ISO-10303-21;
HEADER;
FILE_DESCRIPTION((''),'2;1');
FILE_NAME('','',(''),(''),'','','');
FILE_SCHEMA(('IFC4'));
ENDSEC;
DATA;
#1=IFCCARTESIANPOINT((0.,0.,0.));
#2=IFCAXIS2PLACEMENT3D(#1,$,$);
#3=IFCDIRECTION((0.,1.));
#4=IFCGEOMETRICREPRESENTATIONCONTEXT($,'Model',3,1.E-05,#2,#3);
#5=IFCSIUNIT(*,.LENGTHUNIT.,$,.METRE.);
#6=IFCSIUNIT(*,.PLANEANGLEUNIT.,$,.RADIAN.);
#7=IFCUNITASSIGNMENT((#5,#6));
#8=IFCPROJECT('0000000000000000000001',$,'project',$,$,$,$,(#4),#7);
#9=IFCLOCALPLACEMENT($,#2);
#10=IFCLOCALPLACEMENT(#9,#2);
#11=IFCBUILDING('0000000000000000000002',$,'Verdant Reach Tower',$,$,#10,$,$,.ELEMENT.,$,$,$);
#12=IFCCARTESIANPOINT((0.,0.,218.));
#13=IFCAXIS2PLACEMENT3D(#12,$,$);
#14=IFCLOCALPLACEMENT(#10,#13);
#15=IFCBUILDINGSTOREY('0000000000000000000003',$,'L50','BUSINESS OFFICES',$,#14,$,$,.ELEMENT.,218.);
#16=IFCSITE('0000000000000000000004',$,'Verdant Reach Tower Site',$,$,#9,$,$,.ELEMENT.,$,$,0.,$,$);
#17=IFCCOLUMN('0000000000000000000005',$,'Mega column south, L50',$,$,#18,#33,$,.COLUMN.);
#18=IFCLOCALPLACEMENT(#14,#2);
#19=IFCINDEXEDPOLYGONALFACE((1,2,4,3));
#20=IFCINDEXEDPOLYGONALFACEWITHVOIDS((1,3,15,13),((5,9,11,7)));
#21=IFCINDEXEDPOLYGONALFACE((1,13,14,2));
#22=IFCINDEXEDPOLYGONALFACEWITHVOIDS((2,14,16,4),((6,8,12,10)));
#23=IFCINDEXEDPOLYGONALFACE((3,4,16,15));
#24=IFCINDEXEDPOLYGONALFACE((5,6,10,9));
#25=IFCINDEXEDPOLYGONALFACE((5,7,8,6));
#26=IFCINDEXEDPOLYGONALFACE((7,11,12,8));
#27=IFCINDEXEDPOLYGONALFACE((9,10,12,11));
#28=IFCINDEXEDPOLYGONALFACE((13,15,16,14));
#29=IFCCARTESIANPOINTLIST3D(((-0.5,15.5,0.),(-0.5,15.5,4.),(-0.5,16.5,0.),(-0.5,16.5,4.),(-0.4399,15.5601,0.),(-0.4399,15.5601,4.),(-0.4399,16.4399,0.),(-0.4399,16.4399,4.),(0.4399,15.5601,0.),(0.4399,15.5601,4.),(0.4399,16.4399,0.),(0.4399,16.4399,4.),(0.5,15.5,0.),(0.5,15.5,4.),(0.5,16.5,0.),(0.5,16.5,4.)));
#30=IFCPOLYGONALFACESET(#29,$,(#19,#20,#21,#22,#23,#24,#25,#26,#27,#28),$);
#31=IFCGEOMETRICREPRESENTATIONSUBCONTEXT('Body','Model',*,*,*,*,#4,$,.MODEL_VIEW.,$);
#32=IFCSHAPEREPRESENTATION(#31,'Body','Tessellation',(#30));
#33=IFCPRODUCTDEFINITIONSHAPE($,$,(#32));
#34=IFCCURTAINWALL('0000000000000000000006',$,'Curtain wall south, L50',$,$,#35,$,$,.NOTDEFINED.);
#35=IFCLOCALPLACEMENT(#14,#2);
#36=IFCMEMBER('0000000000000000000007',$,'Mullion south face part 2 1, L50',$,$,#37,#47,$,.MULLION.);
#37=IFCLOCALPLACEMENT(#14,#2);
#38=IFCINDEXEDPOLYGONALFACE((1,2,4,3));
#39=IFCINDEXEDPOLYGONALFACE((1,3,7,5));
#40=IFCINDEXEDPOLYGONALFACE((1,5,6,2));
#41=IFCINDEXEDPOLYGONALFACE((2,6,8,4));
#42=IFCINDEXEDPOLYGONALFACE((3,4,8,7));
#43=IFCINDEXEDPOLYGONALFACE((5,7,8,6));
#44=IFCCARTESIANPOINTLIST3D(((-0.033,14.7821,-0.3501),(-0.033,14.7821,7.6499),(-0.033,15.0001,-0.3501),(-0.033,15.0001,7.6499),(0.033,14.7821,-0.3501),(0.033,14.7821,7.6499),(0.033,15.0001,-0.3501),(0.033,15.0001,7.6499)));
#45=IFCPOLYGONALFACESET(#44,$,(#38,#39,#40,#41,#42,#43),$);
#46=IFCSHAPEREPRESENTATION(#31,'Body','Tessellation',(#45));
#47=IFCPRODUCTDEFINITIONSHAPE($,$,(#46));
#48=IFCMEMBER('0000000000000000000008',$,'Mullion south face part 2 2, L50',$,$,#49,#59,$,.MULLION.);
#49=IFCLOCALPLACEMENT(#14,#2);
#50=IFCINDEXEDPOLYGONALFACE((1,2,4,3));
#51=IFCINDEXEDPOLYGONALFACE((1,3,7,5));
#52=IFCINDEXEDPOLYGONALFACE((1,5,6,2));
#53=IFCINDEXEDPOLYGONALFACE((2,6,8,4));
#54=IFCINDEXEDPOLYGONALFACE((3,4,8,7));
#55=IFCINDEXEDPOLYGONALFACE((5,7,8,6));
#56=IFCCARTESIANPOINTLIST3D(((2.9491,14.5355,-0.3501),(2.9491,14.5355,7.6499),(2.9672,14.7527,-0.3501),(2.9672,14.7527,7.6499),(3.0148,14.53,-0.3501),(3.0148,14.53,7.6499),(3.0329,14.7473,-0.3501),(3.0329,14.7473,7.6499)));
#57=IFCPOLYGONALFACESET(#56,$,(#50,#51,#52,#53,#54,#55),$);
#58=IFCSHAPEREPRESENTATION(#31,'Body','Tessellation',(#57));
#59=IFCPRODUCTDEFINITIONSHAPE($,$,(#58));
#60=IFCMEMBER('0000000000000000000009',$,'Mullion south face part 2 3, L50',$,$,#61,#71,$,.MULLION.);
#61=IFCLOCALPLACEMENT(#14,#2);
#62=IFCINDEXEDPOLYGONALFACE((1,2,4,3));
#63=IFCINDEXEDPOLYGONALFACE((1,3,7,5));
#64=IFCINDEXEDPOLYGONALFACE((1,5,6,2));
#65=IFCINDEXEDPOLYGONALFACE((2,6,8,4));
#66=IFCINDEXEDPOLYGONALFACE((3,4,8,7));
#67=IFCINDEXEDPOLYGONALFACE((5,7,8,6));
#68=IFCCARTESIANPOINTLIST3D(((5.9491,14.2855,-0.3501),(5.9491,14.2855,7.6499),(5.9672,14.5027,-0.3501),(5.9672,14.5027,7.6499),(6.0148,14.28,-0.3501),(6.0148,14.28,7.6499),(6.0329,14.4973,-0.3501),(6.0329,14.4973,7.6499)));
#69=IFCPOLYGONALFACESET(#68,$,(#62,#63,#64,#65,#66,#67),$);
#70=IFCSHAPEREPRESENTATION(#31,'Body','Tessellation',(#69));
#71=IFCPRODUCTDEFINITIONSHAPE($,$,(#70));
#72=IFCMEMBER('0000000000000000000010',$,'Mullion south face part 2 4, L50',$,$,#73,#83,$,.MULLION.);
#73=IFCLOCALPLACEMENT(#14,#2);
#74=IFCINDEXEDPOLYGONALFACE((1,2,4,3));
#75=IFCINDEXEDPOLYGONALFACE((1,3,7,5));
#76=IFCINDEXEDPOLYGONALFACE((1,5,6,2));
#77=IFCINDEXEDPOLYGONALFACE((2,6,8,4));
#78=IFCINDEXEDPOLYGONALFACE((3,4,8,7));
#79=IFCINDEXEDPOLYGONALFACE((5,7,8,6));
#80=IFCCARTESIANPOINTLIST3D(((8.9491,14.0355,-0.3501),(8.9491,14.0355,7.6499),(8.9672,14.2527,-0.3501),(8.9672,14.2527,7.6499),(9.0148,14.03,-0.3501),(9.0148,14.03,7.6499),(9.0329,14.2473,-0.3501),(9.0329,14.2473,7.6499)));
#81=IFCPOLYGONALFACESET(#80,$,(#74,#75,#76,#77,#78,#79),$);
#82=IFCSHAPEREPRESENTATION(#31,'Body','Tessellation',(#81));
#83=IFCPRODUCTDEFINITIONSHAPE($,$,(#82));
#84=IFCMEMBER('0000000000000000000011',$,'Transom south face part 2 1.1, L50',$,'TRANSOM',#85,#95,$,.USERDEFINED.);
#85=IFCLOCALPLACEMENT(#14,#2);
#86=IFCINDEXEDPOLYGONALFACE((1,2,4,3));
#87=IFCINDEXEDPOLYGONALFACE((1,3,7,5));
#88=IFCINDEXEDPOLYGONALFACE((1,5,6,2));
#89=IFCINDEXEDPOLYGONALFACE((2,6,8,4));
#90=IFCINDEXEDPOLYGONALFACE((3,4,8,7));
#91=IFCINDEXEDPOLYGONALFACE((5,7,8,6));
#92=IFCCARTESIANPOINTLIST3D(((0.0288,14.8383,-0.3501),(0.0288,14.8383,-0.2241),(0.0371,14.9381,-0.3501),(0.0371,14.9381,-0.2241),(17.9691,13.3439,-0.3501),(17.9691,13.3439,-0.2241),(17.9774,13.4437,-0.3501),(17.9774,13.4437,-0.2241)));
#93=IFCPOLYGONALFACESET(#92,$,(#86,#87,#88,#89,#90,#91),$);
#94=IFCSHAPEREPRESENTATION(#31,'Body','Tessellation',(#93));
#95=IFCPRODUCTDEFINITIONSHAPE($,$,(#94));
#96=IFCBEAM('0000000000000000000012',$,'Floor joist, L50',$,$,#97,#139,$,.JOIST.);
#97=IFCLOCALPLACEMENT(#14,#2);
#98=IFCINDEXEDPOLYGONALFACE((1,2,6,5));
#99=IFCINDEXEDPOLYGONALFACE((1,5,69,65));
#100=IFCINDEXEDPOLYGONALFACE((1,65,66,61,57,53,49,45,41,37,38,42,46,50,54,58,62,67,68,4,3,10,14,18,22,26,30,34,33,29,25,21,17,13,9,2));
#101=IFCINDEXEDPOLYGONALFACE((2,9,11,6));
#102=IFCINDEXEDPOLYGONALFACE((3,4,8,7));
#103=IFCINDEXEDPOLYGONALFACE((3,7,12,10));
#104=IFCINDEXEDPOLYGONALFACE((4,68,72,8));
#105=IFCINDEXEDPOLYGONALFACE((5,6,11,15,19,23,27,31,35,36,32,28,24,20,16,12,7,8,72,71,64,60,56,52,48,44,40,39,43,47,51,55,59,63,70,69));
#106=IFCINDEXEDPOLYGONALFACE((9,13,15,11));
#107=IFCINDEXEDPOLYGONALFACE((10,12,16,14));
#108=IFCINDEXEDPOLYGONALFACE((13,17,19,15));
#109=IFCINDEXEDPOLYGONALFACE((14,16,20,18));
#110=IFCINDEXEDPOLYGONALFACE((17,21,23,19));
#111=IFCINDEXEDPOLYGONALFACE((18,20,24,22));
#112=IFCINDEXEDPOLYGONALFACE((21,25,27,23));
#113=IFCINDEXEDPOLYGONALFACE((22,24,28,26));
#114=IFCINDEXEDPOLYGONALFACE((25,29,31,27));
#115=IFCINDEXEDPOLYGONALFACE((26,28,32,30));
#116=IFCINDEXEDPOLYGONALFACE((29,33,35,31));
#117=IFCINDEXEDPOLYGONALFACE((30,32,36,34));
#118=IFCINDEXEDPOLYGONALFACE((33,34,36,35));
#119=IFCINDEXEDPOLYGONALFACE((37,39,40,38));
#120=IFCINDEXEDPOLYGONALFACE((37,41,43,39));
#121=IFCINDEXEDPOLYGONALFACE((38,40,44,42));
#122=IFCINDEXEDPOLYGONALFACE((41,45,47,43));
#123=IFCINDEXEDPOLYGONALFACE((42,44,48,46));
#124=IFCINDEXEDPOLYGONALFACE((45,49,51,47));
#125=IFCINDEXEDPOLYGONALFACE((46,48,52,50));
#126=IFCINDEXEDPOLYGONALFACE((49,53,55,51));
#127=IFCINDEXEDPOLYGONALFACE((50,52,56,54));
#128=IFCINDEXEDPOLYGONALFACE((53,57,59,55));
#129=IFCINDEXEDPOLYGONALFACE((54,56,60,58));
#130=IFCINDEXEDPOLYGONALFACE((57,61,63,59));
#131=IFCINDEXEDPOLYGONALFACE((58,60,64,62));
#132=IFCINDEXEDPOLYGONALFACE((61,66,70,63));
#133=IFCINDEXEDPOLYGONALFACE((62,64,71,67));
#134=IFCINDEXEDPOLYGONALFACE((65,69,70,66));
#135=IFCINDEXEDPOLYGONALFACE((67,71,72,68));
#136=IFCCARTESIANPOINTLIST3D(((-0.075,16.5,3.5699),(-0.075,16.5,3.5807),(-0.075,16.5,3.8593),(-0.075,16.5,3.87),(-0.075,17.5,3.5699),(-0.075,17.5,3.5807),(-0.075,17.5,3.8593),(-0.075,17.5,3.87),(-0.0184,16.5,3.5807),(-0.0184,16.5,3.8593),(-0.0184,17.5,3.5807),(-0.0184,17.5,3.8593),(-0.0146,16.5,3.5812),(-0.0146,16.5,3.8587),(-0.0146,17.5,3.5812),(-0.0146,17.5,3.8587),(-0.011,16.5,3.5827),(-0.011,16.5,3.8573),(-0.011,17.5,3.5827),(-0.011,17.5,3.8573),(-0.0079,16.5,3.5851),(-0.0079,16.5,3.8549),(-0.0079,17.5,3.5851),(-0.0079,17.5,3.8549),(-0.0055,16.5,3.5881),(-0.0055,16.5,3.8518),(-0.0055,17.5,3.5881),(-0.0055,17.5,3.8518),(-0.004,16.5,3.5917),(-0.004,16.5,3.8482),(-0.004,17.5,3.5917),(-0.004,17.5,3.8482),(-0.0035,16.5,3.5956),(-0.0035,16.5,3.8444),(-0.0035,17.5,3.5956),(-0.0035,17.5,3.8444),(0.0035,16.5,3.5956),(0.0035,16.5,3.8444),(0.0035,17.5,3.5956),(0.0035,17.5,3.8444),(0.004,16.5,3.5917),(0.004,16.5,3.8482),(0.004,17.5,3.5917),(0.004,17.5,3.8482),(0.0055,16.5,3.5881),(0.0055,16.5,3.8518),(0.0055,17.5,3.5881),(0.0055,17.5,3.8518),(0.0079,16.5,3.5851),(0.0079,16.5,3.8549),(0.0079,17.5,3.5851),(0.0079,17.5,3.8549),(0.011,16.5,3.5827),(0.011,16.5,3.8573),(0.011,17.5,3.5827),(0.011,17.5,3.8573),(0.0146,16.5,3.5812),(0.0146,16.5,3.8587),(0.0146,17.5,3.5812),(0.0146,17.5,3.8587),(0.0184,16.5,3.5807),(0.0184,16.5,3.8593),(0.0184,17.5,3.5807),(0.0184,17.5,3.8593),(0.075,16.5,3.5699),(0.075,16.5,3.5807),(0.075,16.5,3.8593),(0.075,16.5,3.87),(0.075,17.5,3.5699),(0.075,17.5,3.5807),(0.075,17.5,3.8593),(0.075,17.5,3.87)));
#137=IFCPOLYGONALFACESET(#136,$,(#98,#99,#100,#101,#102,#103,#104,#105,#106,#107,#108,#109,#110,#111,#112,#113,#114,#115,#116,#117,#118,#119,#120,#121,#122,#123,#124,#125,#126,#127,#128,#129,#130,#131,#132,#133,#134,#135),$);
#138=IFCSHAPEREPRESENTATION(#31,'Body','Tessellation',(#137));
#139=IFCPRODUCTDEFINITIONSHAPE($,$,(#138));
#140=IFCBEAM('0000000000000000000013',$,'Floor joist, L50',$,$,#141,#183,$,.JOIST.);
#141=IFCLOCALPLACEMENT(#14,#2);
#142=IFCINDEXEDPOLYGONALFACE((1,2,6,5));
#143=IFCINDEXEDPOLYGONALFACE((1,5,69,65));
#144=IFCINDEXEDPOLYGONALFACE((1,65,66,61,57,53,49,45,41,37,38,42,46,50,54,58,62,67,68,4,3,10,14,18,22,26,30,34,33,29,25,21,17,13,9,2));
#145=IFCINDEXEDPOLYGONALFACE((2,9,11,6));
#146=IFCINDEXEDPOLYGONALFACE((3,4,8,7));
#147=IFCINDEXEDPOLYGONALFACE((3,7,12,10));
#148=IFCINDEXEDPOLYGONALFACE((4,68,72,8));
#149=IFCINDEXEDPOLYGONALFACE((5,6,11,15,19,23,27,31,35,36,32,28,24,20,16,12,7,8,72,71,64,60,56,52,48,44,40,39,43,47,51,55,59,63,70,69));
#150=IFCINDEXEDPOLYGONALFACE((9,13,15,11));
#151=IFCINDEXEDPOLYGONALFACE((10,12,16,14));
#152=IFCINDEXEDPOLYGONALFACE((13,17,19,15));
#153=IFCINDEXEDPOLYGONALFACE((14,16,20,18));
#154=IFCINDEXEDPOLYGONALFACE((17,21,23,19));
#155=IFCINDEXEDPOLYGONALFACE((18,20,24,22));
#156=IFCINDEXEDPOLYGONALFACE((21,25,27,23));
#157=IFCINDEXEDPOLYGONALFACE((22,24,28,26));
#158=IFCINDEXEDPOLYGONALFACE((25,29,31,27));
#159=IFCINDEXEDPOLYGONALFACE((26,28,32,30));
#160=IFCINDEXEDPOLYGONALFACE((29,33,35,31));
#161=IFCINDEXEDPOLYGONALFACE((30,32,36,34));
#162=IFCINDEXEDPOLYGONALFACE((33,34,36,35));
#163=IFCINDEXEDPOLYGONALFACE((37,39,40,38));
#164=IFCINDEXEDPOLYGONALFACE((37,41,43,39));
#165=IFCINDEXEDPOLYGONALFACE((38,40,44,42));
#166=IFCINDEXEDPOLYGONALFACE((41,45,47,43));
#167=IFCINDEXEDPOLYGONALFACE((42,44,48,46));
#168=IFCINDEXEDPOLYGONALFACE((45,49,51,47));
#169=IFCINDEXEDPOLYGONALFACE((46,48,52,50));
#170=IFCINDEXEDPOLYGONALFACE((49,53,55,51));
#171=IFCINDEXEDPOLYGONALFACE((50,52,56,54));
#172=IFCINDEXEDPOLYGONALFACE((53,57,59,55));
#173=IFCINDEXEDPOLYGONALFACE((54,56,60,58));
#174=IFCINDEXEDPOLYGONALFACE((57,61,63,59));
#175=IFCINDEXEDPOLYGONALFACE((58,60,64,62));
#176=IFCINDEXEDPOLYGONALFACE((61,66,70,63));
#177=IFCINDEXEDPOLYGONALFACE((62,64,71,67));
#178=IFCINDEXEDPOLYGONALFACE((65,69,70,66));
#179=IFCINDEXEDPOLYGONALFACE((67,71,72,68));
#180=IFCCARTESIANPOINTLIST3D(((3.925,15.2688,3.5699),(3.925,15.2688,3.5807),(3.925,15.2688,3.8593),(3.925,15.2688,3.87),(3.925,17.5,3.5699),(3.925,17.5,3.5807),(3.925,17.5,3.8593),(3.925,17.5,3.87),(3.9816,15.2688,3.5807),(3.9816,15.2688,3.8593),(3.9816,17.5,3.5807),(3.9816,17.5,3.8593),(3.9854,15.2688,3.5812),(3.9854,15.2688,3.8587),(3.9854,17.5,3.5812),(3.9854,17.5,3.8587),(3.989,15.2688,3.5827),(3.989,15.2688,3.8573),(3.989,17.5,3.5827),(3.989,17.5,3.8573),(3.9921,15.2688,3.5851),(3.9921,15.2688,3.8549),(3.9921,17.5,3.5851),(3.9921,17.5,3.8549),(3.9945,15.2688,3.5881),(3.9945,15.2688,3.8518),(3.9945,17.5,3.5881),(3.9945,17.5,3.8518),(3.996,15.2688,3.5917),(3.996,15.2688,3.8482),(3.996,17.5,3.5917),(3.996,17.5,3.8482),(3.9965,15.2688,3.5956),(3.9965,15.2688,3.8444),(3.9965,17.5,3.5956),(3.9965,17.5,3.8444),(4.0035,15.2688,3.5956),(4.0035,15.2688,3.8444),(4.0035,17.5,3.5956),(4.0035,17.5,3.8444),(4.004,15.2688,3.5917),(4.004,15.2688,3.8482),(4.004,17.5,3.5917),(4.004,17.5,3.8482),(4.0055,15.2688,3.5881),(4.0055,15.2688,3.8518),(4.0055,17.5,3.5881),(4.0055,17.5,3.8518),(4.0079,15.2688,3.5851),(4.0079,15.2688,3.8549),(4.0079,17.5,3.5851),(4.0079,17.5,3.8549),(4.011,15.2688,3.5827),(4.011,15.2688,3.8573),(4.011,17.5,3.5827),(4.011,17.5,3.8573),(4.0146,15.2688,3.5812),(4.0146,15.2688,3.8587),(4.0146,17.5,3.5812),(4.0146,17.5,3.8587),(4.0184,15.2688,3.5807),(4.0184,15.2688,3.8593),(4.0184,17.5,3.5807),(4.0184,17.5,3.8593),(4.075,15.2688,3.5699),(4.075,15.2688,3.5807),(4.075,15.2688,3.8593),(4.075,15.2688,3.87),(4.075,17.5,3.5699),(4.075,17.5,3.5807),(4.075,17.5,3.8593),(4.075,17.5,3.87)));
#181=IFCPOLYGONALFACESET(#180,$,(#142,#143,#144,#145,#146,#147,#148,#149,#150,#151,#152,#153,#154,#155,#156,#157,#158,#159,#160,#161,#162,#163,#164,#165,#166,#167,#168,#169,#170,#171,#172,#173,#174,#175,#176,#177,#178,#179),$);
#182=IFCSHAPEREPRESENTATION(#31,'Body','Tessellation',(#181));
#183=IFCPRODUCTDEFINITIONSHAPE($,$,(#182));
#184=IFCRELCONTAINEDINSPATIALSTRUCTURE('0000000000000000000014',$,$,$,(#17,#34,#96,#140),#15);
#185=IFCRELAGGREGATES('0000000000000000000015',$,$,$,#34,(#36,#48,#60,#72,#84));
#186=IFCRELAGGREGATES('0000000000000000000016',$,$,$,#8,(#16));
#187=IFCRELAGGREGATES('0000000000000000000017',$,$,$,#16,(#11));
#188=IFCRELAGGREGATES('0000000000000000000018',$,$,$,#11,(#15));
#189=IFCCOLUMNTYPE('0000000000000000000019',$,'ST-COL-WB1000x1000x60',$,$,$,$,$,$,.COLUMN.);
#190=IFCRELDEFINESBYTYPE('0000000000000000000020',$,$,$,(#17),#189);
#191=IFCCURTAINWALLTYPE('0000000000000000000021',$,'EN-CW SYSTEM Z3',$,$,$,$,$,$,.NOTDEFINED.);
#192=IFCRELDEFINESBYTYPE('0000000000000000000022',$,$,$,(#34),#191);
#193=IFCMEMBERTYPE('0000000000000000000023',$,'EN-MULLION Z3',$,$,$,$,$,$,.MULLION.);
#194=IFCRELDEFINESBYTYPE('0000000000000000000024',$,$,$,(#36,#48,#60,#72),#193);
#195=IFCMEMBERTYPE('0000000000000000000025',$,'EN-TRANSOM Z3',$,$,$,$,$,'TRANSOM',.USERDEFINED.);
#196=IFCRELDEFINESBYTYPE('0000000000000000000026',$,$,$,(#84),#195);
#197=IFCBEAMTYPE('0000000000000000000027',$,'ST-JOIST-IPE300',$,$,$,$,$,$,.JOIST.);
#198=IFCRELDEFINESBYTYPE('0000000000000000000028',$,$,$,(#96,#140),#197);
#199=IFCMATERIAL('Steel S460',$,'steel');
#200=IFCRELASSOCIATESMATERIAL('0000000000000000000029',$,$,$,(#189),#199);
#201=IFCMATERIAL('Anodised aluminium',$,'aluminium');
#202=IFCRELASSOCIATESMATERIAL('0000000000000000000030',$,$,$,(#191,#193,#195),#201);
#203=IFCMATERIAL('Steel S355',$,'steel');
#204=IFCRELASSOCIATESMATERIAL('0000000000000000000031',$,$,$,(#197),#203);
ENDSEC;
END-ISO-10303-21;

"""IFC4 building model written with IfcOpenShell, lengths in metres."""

from ifc_helpers import new_model, si_unit, direction, frame, origin, origin_2d, place, context, subcontext, project, spatial, rectangle, hollow_rectangle, i_section, extrude, material, material_profile, profile_set, type_object, element, aggregate, save


model = new_model("IFC4")

# Units and contexts
model_context = context("Model", 3, precision=1e-05, world=origin(), true_north=direction((0.0, 1.0)))
body_context = subcontext(model_context, "Body", "Model", "MODEL_VIEW")
ifc_project = project(units=[si_unit("LENGTHUNIT", "METRE"), si_unit("PLANEANGLEUNIT", "RADIAN")], contexts=[model_context])

# Site, building, storey
site_placement = place(None, origin())
site = spatial("IfcSite", under=ifc_project, at=site_placement, Name="Verdant Reach Tower Site", CompositionType="ELEMENT", RefElevation=0.0)
building_placement = place(site_placement, origin())
building = spatial("IfcBuilding", under=site, at=building_placement, Name="Verdant Reach Tower", CompositionType="ELEMENT")
storey_placement = place(building_placement, frame((0.0, 0.0, 218.0)))
storey = spatial("IfcBuildingStorey", under=building, at=storey_placement, Name="L50", Description="BUSINESS OFFICES", CompositionType="ELEMENT", Elevation=218.0)

# Column
ifc_material_1 = material(Name="Steel S460", Category="steel")
ifc_material_profile_1 = material_profile(ifc_material_1, hollow_rectangle(XDim=1.0, YDim=1.0, WallThickness=0.0601, at=origin_2d()), Name="WB 1000x1000x60")
ifc_profile_set_1 = profile_set([ifc_material_profile_1], Name="Steel S460")
column_type = type_object("IfcColumnType", Name="ST-COL-WB1000x1000x60", PredefinedType="COLUMN", material=ifc_profile_set_1)
column_placement = place(storey_placement, frame((0.0, 16.0, 0.0), z_axis=(0.0, 0.0, 1.0), x_axis=(1.0, 0.0, 0.0)))
element("IfcColumn", 1, at=column_placement, inside=storey, type_object=column_type, Name="Mega column south, L50", PredefinedType="COLUMN", context=body_context, shape_type="SweptSolid", body=[
    extrude(hollow_rectangle(XDim=1.0, YDim=1.0, WallThickness=0.0601, at=origin_2d()), origin(), (0.0, 0.0, 1.0), 4.0),
])

# Curtain wall, members
ifc_material_2 = material(Name="Anodised aluminium", Category="aluminium")
curtain_wall_type = type_object("IfcCurtainWallType", Name="EN-CW SYSTEM Z3", PredefinedType="NOTDEFINED", material=ifc_material_2)
curtain_wall_placement = place(storey_placement, origin())
curtain_wall = element("IfcCurtainWall", 2, at=curtain_wall_placement, inside=storey, type_object=curtain_wall_type, Name="Curtain wall south, L50", PredefinedType="NOTDEFINED")
ifc_material_profile_2 = material_profile(ifc_material_2, rectangle(XDim=0.218, YDim=0.0659, at=origin_2d()), Name="Mullion 66x218")
ifc_profile_set_2 = profile_set([ifc_material_profile_2], Name="Anodised aluminium")
member_type_1 = type_object("IfcMemberType", Name="EN-MULLION Z3", PredefinedType="MULLION", material=ifc_profile_set_2)
member_1_placement = place(storey_placement, frame((0.0, 14.8911, -0.3501), z_axis=(0.0, 0.0, 1.0), x_axis=(0.0, -1.0, 0.0)))
member_1 = element("IfcMember", 3, at=member_1_placement, type_object=member_type_1, Name="Mullion south face part 2 1, L50", PredefinedType="MULLION", context=body_context, shape_type="SweptSolid", body=[
    extrude(rectangle(XDim=0.218, YDim=0.0659, at=origin_2d()), origin(), (0.0, 0.0, 1.0), 8.0),
])
member_2_placement = place(storey_placement, frame((2.991, 14.6414, -0.3501), z_axis=(0.0, 0.0, 1.0), x_axis=(-0.083045, -0.996546, 0.0)))
member_2 = element("IfcMember", 4, at=member_2_placement, type_object=member_type_1, Name="Mullion south face part 2 2, L50", PredefinedType="MULLION", context=body_context, shape_type="SweptSolid", body=[
    extrude(rectangle(XDim=0.218, YDim=0.0659, at=origin_2d()), origin(), (0.0, 0.0, 1.0), 8.0),
])
member_3_placement = place(storey_placement, frame((5.991, 14.3914, -0.3501), z_axis=(0.0, 0.0, 1.0), x_axis=(-0.083045, -0.996546, 0.0)))
member_3 = element("IfcMember", 5, at=member_3_placement, type_object=member_type_1, Name="Mullion south face part 2 3, L50", PredefinedType="MULLION", context=body_context, shape_type="SweptSolid", body=[
    extrude(rectangle(XDim=0.218, YDim=0.0659, at=origin_2d()), origin(), (0.0, 0.0, 1.0), 8.0),
])
member_4_placement = place(storey_placement, frame((8.991, 14.1414, -0.3501), z_axis=(0.0, 0.0, 1.0), x_axis=(-0.083045, -0.996546, 0.0)))
member_4 = element("IfcMember", 6, at=member_4_placement, type_object=member_type_1, Name="Mullion south face part 2 4, L50", PredefinedType="MULLION", context=body_context, shape_type="SweptSolid", body=[
    extrude(rectangle(XDim=0.218, YDim=0.0659, at=origin_2d()), origin(), (0.0, 0.0, 1.0), 8.0),
])
ifc_material_profile_3 = material_profile(ifc_material_2, rectangle(XDim=0.1001, YDim=0.126, at=origin_2d()), Name="Transom 126x100")
ifc_profile_set_3 = profile_set([ifc_material_profile_3], Name="Anodised aluminium")
member_type_2 = type_object("IfcMemberType", Name="EN-TRANSOM Z3", ElementType="TRANSOM", PredefinedType="USERDEFINED", material=ifc_profile_set_3)
member_5_placement = place(storey_placement, frame((0.033, 14.8882, -0.2871), z_axis=(0.996549, -0.08301, 0.0), x_axis=(0.08301, 0.996549, 0.0)))
member_5 = element("IfcMember", 7, at=member_5_placement, type_object=member_type_2, Name="Transom south face part 2 1.1, L50", ObjectType="TRANSOM", PredefinedType="USERDEFINED", context=body_context, shape_type="SweptSolid", body=[
    extrude(rectangle(XDim=0.1001, YDim=0.126, at=origin_2d()), origin(), (0.0, 0.0, 1.0), 18.0024),
])

# Beams
ifc_material_3 = material(Name="Steel S355", Category="steel")
ifc_material_profile_4 = material_profile(ifc_material_3, i_section(OverallWidth=0.1499, OverallDepth=0.3, WebThickness=0.0071, FlangeThickness=0.0107, FilletRadius=0.0149, at=origin_2d()), Name="IPE 300")
ifc_profile_set_4 = profile_set([ifc_material_profile_4], Name="Steel S355")
beam_type_1 = type_object("IfcBeamType", Name="ST-JOIST-IPE300", PredefinedType="JOIST", material=ifc_profile_set_4)
beam_1_placement = place(storey_placement, frame((0.0, 17.5, 3.72), z_axis=(0.0, -1.0, 0.0), x_axis=(1.0, 0.0, 0.0)))
element("IfcBeam", 8, at=beam_1_placement, inside=storey, type_object=beam_type_1, Name="Floor joist, L50", PredefinedType="JOIST", context=body_context, shape_type="SweptSolid", body=[
    extrude(i_section(OverallWidth=0.1499, OverallDepth=0.3, WebThickness=0.0071, FlangeThickness=0.0107, FilletRadius=0.0149, at=origin_2d()), origin(), (0.0, 0.0, 1.0), 1.0),
])
beam_2_placement = place(storey_placement, frame((4.0, 17.5, 3.72), z_axis=(0.0, -1.0, 0.0), x_axis=(1.0, 0.0, 0.0)))
element("IfcBeam", 9, at=beam_2_placement, inside=storey, type_object=beam_type_1, Name="Floor joist, L50", PredefinedType="JOIST", context=body_context, shape_type="SweptSolid", body=[
    extrude(i_section(OverallWidth=0.1499, OverallDepth=0.3, WebThickness=0.0071, FlangeThickness=0.0107, FilletRadius=0.0149, at=origin_2d()), origin(), (0.0, 0.0, 1.0), 2.2312),
])

aggregate(curtain_wall, [member_1, member_2, member_3, member_4, member_5])

save(model, "model.ifc")
